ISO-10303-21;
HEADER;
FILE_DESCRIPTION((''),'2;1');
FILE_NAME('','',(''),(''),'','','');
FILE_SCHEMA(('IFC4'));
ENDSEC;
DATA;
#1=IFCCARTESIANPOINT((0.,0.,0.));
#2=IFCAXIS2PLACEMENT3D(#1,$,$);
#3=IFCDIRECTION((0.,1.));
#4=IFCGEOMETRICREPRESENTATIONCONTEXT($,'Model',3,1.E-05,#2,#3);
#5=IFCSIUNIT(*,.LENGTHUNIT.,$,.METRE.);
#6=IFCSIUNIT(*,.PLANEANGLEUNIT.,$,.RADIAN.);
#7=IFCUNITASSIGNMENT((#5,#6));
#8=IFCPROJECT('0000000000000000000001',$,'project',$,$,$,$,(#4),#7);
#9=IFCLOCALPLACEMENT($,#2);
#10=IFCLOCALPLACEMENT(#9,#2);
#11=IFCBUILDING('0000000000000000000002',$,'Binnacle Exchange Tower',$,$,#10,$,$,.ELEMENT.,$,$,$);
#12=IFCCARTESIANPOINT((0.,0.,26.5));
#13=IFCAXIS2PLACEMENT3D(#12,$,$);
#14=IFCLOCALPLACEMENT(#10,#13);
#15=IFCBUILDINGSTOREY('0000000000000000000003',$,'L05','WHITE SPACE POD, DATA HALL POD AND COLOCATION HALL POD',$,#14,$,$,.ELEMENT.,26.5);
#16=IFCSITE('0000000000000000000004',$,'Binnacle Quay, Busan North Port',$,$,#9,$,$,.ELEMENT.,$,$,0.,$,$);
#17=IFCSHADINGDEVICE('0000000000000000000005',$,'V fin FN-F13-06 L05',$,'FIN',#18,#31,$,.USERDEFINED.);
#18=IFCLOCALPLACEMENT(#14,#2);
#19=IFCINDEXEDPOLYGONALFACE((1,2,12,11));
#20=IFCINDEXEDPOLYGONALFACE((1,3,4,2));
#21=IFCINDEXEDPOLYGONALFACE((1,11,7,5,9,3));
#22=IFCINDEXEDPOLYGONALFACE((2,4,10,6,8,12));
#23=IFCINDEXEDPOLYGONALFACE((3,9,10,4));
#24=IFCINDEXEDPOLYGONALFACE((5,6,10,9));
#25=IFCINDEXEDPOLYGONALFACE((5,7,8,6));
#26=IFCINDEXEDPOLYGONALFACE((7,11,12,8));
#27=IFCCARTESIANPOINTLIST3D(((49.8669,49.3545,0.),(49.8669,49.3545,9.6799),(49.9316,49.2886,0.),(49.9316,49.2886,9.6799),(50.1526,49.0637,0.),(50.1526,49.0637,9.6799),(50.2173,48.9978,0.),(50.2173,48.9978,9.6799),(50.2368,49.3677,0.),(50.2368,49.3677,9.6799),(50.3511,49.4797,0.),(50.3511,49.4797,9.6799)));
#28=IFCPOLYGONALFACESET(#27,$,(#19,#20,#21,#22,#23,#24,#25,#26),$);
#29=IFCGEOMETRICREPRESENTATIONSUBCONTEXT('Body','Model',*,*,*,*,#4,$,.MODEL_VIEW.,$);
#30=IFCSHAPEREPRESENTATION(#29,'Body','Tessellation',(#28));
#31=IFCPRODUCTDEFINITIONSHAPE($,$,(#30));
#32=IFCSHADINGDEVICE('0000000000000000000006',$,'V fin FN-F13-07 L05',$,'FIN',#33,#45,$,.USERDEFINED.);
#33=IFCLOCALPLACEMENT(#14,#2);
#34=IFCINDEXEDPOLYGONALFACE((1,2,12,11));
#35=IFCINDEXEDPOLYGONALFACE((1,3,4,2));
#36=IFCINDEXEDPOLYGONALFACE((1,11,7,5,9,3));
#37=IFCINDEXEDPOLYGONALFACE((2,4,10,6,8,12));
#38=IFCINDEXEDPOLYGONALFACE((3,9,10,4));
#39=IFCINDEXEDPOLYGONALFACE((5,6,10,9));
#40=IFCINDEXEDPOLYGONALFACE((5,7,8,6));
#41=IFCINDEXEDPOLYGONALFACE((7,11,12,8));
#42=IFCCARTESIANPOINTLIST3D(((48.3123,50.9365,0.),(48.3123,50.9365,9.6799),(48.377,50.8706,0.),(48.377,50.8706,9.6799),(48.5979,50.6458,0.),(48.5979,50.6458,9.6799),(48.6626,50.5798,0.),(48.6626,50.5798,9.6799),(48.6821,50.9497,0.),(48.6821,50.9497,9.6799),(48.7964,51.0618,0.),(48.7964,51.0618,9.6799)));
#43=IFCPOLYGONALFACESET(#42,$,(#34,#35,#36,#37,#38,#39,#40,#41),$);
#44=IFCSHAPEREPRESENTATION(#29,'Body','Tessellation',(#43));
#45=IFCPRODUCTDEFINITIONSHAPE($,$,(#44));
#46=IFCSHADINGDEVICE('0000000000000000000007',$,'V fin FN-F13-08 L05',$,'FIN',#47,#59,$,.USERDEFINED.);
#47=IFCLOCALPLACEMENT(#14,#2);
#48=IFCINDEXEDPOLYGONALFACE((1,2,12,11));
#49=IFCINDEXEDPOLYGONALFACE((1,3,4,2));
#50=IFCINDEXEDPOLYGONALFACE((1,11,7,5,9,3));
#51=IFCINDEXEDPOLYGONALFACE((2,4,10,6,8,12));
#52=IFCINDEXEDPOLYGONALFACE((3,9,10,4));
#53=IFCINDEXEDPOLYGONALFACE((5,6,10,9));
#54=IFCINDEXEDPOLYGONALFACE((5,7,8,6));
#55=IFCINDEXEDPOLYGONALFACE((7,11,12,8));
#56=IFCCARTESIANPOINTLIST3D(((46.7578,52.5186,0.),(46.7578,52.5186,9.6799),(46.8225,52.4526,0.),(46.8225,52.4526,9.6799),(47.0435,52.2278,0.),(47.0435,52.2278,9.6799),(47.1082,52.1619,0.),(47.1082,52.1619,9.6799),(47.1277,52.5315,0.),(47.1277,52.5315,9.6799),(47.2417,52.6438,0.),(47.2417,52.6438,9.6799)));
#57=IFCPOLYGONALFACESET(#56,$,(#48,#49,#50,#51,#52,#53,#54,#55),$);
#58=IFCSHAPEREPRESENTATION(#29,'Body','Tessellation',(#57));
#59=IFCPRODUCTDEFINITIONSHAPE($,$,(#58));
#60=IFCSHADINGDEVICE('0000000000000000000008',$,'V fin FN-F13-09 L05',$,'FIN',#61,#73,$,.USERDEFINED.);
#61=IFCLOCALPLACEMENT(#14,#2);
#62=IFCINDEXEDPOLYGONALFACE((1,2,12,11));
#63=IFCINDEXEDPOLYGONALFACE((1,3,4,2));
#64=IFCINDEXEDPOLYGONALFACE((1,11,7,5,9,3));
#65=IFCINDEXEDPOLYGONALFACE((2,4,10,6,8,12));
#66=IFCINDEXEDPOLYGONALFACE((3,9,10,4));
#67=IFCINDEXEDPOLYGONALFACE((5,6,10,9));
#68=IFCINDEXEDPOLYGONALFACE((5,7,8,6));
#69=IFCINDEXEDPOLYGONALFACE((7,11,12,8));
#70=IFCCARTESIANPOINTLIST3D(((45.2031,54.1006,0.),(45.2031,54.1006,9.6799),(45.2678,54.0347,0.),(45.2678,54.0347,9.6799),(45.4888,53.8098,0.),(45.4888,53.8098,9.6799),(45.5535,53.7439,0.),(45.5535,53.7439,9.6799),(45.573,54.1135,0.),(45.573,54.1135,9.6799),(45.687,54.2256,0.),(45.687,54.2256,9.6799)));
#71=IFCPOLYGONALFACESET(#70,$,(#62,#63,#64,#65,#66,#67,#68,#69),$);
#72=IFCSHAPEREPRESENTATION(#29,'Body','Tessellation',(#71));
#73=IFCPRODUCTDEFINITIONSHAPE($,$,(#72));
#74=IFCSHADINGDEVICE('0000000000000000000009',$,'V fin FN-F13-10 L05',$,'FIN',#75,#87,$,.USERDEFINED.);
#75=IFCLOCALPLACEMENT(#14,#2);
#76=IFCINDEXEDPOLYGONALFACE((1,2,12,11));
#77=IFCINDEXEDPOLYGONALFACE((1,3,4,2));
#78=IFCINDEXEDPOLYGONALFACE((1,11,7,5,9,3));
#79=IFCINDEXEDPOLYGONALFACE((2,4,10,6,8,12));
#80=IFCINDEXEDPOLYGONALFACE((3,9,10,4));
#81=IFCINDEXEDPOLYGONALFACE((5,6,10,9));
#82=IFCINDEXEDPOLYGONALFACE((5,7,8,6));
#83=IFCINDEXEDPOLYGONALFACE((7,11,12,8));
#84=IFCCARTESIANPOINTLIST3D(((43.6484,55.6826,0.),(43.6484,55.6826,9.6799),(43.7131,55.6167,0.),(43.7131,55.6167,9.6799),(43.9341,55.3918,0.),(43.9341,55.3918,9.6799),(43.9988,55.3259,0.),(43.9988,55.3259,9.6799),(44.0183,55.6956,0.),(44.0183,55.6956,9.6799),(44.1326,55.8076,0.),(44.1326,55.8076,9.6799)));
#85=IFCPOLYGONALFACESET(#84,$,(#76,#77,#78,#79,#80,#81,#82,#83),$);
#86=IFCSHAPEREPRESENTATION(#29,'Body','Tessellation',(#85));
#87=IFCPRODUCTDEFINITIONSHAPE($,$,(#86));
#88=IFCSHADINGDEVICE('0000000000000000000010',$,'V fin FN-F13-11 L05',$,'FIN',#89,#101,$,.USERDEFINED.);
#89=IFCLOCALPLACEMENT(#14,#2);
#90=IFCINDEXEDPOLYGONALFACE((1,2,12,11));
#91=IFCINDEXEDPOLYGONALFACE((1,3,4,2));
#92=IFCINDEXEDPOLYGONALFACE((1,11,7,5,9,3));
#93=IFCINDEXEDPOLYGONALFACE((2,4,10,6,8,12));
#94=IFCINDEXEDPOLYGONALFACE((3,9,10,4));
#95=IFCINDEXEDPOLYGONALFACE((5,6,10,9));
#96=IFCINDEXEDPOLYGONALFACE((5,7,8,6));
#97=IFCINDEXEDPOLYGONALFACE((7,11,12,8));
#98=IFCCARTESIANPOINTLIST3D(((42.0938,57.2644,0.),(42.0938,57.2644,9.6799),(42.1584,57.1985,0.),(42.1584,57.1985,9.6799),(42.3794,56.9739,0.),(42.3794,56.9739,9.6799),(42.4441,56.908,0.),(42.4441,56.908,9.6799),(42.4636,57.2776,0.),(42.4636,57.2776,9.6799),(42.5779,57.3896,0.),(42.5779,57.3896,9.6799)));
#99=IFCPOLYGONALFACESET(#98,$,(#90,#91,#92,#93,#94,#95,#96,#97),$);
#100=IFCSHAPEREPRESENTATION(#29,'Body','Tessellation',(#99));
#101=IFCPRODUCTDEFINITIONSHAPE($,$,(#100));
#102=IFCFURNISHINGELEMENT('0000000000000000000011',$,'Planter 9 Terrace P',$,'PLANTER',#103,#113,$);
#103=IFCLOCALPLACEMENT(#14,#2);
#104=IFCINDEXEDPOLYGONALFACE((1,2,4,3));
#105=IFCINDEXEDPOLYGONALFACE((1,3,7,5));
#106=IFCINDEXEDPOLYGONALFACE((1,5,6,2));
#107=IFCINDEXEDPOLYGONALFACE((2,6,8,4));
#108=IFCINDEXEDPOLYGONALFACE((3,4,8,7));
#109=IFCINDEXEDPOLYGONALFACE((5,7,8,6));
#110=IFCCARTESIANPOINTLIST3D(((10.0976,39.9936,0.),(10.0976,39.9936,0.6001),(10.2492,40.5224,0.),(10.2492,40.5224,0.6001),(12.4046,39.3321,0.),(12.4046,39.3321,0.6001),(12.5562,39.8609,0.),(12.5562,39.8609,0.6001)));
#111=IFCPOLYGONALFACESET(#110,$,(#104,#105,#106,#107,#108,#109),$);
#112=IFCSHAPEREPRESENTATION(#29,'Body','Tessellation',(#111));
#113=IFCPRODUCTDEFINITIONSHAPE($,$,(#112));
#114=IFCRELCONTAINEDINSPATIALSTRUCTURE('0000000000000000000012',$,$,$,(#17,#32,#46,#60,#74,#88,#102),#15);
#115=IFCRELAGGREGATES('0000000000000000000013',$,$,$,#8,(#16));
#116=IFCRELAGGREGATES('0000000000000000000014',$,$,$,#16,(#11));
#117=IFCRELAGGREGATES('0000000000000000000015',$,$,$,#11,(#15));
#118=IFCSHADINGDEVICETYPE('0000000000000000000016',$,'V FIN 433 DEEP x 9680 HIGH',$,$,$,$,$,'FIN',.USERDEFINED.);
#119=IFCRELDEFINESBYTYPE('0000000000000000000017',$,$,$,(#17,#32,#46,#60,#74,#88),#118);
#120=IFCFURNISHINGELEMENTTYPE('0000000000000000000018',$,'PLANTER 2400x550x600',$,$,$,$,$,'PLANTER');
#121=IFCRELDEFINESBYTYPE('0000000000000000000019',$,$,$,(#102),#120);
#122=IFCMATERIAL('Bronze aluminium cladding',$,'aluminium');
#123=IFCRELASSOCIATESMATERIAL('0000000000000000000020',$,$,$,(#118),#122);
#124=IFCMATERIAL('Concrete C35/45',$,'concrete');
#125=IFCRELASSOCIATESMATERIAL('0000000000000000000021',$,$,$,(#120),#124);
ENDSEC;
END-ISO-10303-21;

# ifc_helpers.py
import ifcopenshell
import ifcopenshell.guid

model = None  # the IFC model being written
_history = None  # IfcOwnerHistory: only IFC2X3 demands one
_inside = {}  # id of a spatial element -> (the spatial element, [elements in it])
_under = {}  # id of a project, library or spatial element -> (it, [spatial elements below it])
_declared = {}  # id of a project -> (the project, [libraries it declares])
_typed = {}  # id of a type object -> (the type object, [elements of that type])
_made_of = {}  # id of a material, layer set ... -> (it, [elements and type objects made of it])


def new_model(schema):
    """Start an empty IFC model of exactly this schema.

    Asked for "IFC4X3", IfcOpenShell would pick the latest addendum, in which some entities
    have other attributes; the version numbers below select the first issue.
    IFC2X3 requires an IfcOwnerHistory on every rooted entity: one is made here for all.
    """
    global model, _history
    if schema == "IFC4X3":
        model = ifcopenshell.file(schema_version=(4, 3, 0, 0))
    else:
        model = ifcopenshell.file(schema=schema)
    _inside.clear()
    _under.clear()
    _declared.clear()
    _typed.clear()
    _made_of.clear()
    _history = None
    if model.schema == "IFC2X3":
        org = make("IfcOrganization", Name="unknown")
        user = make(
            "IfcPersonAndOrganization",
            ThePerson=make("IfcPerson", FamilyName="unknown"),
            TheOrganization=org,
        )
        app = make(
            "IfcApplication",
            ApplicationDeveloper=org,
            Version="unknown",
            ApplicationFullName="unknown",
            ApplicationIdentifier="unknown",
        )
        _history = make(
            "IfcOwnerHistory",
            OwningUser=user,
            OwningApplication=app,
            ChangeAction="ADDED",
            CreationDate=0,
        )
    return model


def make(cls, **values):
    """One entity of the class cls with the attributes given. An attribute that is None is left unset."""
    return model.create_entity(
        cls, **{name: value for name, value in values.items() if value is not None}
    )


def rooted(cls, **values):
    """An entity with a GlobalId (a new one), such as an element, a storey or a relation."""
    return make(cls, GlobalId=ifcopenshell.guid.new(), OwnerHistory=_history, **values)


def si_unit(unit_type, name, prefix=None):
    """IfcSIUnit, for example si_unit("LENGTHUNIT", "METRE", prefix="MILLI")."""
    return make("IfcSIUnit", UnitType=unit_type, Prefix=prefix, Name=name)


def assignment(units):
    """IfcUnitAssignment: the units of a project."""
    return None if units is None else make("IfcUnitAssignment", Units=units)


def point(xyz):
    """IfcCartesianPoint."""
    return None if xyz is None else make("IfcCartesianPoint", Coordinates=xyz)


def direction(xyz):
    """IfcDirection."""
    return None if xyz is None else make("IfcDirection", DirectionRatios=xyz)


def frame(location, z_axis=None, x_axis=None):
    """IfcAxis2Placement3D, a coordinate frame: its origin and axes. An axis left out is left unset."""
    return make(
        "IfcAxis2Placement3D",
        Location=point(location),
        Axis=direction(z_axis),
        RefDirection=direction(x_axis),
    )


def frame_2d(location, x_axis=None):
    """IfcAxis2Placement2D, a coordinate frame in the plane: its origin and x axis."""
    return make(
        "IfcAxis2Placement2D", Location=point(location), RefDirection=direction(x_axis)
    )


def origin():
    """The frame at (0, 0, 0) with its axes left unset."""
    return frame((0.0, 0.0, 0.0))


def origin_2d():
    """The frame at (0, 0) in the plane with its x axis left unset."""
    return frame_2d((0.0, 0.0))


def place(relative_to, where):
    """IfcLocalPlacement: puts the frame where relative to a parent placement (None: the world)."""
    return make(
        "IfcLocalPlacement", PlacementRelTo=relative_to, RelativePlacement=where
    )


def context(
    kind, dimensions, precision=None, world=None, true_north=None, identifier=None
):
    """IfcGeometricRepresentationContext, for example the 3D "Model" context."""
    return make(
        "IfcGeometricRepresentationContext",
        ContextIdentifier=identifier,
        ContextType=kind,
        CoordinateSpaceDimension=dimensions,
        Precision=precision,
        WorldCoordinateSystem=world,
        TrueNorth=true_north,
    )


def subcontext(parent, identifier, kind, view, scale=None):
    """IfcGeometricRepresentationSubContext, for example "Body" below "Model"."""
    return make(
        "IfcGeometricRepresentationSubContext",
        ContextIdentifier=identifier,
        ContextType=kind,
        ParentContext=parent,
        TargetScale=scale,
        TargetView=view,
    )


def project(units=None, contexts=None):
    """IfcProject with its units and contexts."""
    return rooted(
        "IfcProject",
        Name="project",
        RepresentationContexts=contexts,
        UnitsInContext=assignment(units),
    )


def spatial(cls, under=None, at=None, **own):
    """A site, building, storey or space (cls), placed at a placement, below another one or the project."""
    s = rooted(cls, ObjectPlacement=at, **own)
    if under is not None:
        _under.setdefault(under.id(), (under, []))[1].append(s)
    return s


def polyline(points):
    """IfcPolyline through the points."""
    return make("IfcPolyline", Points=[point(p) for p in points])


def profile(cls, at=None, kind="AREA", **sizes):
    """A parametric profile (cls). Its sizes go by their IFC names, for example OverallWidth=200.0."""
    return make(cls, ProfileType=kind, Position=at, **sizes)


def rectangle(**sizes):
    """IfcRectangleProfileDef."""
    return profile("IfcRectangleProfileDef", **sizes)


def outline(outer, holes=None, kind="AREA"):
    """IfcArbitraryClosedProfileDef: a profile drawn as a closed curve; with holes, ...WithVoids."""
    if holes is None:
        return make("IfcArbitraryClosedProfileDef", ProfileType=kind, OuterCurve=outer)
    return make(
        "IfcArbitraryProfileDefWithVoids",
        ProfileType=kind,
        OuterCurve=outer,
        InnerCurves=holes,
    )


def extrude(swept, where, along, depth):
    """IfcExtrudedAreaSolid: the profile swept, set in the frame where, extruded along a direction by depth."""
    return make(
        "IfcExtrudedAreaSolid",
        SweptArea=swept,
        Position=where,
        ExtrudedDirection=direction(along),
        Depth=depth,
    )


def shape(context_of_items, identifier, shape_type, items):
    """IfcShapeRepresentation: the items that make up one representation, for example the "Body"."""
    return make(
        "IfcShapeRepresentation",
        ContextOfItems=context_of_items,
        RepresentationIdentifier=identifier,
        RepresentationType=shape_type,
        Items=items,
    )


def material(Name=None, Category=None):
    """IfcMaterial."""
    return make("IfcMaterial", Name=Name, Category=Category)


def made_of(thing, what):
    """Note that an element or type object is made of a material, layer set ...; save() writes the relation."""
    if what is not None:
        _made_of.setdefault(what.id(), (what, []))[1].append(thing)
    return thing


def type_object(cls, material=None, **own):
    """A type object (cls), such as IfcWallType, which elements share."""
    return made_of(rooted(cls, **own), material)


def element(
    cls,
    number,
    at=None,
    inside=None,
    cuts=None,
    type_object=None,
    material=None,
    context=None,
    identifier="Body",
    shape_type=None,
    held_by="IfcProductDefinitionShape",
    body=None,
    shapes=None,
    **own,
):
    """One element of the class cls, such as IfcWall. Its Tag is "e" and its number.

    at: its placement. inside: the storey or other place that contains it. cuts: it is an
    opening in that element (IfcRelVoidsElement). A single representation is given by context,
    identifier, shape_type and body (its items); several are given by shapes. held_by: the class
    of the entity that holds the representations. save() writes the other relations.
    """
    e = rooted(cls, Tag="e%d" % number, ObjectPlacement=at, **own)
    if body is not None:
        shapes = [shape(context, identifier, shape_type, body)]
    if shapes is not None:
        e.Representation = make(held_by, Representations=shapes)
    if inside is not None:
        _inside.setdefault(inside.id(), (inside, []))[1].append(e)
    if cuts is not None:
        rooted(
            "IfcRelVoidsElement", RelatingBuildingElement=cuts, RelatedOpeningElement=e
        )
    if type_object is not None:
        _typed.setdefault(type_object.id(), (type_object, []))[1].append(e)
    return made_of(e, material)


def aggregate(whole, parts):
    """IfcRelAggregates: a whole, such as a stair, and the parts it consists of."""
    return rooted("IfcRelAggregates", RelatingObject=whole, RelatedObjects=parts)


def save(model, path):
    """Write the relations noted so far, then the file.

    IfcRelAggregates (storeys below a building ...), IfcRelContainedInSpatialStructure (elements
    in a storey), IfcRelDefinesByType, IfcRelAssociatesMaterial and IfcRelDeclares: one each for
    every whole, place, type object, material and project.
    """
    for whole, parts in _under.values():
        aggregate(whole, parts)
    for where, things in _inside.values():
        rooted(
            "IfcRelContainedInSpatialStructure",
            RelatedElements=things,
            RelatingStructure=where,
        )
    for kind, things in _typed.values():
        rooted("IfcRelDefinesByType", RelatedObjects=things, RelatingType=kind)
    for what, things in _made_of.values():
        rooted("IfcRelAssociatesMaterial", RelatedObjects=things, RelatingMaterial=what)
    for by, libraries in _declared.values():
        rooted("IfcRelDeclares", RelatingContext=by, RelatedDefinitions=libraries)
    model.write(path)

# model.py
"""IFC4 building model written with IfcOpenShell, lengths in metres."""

from ifc_helpers import new_model, si_unit, direction, frame, origin, origin_2d, place, context, subcontext, project, spatial, polyline, rectangle, outline, extrude, material, type_object, element, save


model = new_model("IFC4")

# Units and contexts
model_context = context("Model", 3, precision=1e-05, world=origin(), true_north=direction((0.0, 1.0)))
body_context = subcontext(model_context, "Body", "Model", "MODEL_VIEW")
ifc_project = project(units=[si_unit("LENGTHUNIT", "METRE"), si_unit("PLANEANGLEUNIT", "RADIAN")], contexts=[model_context])

# Site, building, storey
site_placement = place(None, origin())
site = spatial("IfcSite", under=ifc_project, at=site_placement, Name="Binnacle Quay, Busan North Port", CompositionType="ELEMENT", RefElevation=0.0)
building_placement = place(site_placement, origin())
building = spatial("IfcBuilding", under=site, at=building_placement, Name="Binnacle Exchange Tower", CompositionType="ELEMENT")
storey_placement = place(building_placement, frame((0.0, 0.0, 26.5)))
storey = spatial("IfcBuildingStorey", under=building, at=storey_placement, Name="L05", Description="WHITE SPACE POD, DATA HALL POD AND COLOCATION HALL POD", CompositionType="ELEMENT", Elevation=26.5)

# Shared definitions
ifc_material_1 = material(Name="Concrete C35/45", Category="concrete")

# Shared definitions
ifc_material_2 = material(Name="Bronze aluminium cladding", Category="aluminium")

# Shading devices
shading_device_type = type_object("IfcShadingDeviceType", Name="V FIN 433 DEEP x 9680 HIGH", ElementType="FIN", PredefinedType="USERDEFINED", material=ifc_material_2)
shading_device_1_placement = place(storey_placement, origin())
element("IfcShadingDevice", 1, at=shading_device_1_placement, inside=storey, type_object=shading_device_type, Name="V fin FN-F13-06 L05", ObjectType="FIN", PredefinedType="USERDEFINED", context=body_context, shape_type="SweptSolid", body=[
    extrude(outline(polyline([(50.2173, 48.9978), (50.3511, 49.4797), (49.8669, 49.3545), (49.9316, 49.2886), (50.2368, 49.3677), (50.1526, 49.0637), (50.2173, 48.9978)])), origin(), (0.0, 0.0, 1.0), 9.6799),
])
shading_device_2_placement = place(storey_placement, origin())
element("IfcShadingDevice", 2, at=shading_device_2_placement, inside=storey, type_object=shading_device_type, Name="V fin FN-F13-07 L05", ObjectType="FIN", PredefinedType="USERDEFINED", context=body_context, shape_type="SweptSolid", body=[
    extrude(outline(polyline([(48.6626, 50.5798), (48.7964, 51.0618), (48.3123, 50.9365), (48.377, 50.8706), (48.6821, 50.9497), (48.5979, 50.6458), (48.6626, 50.5798)])), origin(), (0.0, 0.0, 1.0), 9.6799),
])
shading_device_3_placement = place(storey_placement, origin())
element("IfcShadingDevice", 3, at=shading_device_3_placement, inside=storey, type_object=shading_device_type, Name="V fin FN-F13-08 L05", ObjectType="FIN", PredefinedType="USERDEFINED", context=body_context, shape_type="SweptSolid", body=[
    extrude(outline(polyline([(47.1082, 52.1619), (47.2417, 52.6438), (46.7578, 52.5186), (46.8225, 52.4526), (47.1277, 52.5315), (47.0435, 52.2278), (47.1082, 52.1619)])), origin(), (0.0, 0.0, 1.0), 9.6799),
])
shading_device_4_placement = place(storey_placement, origin())
element("IfcShadingDevice", 4, at=shading_device_4_placement, inside=storey, type_object=shading_device_type, Name="V fin FN-F13-09 L05", ObjectType="FIN", PredefinedType="USERDEFINED", context=body_context, shape_type="SweptSolid", body=[
    extrude(outline(polyline([(45.5535, 53.7439), (45.687, 54.2256), (45.2031, 54.1006), (45.2678, 54.0347), (45.573, 54.1135), (45.4888, 53.8098), (45.5535, 53.7439)])), origin(), (0.0, 0.0, 1.0), 9.6799),
])
shading_device_5_placement = place(storey_placement, origin())
element("IfcShadingDevice", 5, at=shading_device_5_placement, inside=storey, type_object=shading_device_type, Name="V fin FN-F13-10 L05", ObjectType="FIN", PredefinedType="USERDEFINED", context=body_context, shape_type="SweptSolid", body=[
    extrude(outline(polyline([(43.9988, 55.3259), (44.1326, 55.8076), (43.6484, 55.6826), (43.7131, 55.6167), (44.0183, 55.6956), (43.9341, 55.3918), (43.9988, 55.3259)])), origin(), (0.0, 0.0, 1.0), 9.6799),
])
shading_device_6_placement = place(storey_placement, origin())
element("IfcShadingDevice", 6, at=shading_device_6_placement, inside=storey, type_object=shading_device_type, Name="V fin FN-F13-11 L05", ObjectType="FIN", PredefinedType="USERDEFINED", context=body_context, shape_type="SweptSolid", body=[
    extrude(outline(polyline([(42.4441, 56.908), (42.5779, 57.3896), (42.0938, 57.2644), (42.1584, 57.1985), (42.4636, 57.2776), (42.3794, 56.9739), (42.4441, 56.908)])), origin(), (0.0, 0.0, 1.0), 9.6799),
])

# Furnishing element
furnishing_element_type = type_object("IfcFurnishingElementType", Name="PLANTER 2400x550x600", ElementType="PLANTER", material=ifc_material_1)
furnishing_placement = place(storey_placement, frame((11.3269, 39.9272, 0.0), z_axis=(0.0, 0.0, 1.0), x_axis=(0.961261, -0.275641, 0.0)))
element("IfcFurnishingElement", 7, at=furnishing_placement, inside=storey, type_object=furnishing_element_type, Name="Planter 9 Terrace P", ObjectType="PLANTER", context=body_context, shape_type="SweptSolid", body=[
    extrude(rectangle(XDim=2.3999, YDim=0.55, at=origin_2d()), origin(), (0.0, 0.0, 1.0), 0.6001),
])

save(model, "model.ifc")
